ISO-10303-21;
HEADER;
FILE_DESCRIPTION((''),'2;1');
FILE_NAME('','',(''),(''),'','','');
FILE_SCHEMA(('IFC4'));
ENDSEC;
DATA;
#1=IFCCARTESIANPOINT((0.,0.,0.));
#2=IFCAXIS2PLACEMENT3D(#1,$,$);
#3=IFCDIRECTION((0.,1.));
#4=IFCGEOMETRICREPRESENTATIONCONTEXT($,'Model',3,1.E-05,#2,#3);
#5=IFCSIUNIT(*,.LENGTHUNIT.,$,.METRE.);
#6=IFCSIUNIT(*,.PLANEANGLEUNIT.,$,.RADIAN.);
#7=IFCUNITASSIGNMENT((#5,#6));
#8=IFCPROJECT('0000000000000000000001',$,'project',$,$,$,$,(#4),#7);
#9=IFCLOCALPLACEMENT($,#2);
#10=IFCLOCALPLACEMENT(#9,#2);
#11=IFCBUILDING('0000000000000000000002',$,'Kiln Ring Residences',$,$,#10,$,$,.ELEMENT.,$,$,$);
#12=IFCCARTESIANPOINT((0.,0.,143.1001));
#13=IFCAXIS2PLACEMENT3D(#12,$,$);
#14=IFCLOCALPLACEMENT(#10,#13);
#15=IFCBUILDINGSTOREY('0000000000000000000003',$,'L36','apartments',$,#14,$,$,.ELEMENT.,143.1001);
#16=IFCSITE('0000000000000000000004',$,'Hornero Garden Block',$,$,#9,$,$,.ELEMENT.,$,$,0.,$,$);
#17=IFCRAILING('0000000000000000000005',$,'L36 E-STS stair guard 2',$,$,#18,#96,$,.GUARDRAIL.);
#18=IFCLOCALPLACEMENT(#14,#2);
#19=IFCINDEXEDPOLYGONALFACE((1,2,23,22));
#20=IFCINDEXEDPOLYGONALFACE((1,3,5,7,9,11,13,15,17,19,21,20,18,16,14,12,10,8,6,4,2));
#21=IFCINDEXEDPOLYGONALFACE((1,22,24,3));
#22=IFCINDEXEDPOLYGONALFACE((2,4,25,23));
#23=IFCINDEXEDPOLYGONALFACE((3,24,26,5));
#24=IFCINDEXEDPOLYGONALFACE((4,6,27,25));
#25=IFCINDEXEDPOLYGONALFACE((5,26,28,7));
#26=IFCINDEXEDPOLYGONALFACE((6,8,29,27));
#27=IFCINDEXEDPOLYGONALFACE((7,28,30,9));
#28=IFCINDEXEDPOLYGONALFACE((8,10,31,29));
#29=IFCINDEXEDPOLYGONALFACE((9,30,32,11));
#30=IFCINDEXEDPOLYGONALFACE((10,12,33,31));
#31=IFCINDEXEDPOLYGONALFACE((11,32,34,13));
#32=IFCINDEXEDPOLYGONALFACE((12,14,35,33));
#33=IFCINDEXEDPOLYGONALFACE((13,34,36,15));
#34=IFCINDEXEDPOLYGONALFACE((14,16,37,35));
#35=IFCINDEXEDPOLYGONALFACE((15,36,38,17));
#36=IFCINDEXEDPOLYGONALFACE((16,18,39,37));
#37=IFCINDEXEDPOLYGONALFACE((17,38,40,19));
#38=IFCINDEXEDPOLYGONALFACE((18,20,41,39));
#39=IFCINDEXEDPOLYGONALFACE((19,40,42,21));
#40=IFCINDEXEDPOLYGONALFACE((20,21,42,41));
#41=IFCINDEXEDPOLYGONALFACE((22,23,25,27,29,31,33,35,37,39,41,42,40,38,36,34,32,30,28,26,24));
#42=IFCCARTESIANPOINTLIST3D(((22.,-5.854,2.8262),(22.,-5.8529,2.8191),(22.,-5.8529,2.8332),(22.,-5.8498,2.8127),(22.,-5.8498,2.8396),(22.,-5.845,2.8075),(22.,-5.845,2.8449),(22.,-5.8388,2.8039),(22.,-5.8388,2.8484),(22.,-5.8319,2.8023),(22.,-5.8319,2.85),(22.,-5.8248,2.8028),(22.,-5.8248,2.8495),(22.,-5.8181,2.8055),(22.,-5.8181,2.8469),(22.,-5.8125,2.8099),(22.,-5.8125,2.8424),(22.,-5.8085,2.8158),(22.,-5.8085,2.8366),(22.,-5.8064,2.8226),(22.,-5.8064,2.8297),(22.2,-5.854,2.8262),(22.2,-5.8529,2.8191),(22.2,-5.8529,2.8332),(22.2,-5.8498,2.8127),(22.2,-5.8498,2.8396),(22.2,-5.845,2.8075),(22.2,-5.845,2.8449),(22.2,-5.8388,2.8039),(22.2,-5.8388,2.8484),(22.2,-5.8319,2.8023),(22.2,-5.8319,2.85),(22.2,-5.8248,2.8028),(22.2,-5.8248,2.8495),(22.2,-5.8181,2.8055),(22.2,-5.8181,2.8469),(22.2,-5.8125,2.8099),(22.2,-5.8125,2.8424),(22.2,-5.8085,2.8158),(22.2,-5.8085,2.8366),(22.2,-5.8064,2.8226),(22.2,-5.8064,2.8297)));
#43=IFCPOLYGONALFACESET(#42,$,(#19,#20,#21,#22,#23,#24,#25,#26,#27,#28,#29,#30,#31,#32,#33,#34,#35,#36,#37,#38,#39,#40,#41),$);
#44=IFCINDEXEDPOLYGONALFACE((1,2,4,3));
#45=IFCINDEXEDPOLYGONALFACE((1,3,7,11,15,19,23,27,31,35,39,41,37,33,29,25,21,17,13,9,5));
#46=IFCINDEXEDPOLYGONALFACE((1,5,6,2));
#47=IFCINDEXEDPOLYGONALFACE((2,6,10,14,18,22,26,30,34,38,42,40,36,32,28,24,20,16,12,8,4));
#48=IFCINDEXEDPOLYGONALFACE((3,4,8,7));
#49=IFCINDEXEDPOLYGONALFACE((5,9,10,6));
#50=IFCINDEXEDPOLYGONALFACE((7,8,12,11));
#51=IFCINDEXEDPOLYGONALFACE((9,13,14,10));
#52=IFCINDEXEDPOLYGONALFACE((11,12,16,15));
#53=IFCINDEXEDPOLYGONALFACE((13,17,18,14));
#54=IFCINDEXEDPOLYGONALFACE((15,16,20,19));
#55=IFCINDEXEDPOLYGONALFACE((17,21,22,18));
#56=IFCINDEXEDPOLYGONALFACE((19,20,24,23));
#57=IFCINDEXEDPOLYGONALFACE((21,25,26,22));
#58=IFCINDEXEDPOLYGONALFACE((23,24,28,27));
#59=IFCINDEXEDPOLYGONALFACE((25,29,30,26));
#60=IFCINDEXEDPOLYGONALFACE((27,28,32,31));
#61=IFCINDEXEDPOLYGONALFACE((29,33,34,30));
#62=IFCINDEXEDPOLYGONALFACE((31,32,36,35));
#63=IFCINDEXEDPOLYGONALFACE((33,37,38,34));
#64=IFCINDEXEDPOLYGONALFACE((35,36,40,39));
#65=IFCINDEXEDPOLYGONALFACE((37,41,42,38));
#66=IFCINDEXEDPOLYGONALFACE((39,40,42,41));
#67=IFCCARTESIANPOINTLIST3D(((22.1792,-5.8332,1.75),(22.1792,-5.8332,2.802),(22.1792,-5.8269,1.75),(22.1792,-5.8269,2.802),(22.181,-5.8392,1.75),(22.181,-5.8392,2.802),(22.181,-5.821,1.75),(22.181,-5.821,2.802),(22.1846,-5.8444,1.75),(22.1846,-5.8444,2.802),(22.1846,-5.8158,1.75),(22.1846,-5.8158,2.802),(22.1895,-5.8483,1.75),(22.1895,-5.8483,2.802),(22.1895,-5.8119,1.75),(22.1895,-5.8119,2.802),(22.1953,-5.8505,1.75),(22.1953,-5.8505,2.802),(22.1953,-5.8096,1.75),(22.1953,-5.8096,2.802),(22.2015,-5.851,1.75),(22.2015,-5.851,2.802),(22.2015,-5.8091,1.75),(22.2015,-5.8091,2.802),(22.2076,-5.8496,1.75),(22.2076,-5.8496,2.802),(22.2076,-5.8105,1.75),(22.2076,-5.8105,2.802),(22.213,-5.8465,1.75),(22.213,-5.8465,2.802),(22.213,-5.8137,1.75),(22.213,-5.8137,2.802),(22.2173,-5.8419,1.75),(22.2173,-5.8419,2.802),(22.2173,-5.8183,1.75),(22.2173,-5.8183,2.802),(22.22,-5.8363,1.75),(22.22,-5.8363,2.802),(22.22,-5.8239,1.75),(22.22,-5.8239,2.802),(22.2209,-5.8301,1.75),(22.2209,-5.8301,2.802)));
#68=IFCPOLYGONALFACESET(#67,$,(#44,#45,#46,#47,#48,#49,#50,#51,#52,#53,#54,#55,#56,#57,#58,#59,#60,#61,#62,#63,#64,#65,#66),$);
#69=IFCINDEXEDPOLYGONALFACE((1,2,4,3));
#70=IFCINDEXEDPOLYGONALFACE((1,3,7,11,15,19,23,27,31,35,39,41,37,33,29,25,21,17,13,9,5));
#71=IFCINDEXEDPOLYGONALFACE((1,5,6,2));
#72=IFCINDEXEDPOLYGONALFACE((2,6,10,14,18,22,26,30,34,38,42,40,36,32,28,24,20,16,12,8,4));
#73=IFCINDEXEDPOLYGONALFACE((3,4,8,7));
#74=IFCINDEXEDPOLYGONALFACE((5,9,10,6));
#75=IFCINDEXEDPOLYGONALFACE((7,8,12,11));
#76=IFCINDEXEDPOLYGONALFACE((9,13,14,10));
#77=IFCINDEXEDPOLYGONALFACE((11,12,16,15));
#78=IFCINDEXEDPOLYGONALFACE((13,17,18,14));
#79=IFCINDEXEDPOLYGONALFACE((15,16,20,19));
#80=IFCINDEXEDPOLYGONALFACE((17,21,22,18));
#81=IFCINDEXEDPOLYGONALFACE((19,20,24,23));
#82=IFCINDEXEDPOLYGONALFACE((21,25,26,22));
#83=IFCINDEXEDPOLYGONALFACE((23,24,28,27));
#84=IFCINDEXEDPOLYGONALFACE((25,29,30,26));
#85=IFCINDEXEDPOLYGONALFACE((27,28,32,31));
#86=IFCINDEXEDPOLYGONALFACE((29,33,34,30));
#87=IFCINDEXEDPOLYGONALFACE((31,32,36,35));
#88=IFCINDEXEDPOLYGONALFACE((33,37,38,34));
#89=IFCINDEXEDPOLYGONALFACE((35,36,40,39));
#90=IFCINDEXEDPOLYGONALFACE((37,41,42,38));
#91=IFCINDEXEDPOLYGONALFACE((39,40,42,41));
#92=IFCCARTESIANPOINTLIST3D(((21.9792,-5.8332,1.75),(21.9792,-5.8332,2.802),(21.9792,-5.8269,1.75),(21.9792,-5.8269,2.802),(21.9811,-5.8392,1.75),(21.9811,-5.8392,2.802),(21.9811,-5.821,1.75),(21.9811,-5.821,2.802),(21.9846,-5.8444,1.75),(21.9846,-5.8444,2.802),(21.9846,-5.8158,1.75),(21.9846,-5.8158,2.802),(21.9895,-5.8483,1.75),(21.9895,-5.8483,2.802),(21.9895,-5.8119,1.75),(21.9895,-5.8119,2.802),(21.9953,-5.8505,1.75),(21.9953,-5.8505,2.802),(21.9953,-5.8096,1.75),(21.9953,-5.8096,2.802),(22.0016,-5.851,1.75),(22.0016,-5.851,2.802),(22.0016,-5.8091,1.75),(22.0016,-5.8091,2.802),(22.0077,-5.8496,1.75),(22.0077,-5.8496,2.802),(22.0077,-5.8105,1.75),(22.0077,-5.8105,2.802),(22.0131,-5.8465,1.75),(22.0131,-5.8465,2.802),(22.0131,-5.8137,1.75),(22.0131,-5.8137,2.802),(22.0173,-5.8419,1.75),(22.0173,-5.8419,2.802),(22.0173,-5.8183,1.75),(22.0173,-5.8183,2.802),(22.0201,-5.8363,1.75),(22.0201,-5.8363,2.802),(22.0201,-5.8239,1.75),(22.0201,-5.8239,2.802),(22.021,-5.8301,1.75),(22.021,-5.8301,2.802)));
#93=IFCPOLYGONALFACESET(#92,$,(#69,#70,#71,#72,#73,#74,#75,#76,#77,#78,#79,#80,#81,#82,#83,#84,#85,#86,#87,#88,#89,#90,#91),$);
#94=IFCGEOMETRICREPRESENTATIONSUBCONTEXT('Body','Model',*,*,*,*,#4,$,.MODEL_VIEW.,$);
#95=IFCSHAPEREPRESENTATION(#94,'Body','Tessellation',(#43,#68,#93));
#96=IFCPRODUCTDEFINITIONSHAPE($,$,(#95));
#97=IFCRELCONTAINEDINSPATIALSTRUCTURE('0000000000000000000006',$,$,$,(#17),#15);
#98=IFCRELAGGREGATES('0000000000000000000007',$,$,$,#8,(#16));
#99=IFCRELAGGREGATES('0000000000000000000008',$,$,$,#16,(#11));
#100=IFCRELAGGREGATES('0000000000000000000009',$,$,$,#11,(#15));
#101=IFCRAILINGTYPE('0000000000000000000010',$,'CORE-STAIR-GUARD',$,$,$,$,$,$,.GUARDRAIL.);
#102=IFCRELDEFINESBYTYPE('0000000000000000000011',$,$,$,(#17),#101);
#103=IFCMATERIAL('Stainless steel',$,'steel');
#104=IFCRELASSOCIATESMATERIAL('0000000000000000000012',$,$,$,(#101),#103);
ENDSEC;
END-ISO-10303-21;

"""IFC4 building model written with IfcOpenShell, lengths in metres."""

from ifc_helpers import new_model, si_unit, direction, frame, origin, origin_2d, place, context, subcontext, project, spatial, circle, extrude, material, type_object, element, save


model = new_model("IFC4")

# Units and contexts
model_context = context("Model", 3, precision=1e-05, world=origin(), true_north=direction((0.0, 1.0)))
body_context = subcontext(model_context, "Body", "Model", "MODEL_VIEW")
ifc_project = project(units=[si_unit("LENGTHUNIT", "METRE"), si_unit("PLANEANGLEUNIT", "RADIAN")], contexts=[model_context])

# Site, building, storey
site_placement = place(None, origin())
site = spatial("IfcSite", under=ifc_project, at=site_placement, Name="Hornero Garden Block", CompositionType="ELEMENT", RefElevation=0.0)
building_placement = place(site_placement, origin())
building = spatial("IfcBuilding", under=site, at=building_placement, Name="Kiln Ring Residences", CompositionType="ELEMENT")
storey_placement = place(building_placement, frame((0.0, 0.0, 143.1001)))
storey = spatial("IfcBuildingStorey", under=building, at=storey_placement, Name="L36", Description="apartments", CompositionType="ELEMENT", Elevation=143.1001)

# Railing
ifc_material_1 = material(Name="Stainless steel", Category="steel")
railing_type_1 = type_object("IfcRailingType", Name="CORE-STAIR-GUARD", PredefinedType="GUARDRAIL", material=ifc_material_1)
railing_1_placement = place(storey_placement, frame((22.2, -5.8301, 1.75)))
element("IfcRailing", 1, at=railing_1_placement, inside=storey, type_object=railing_type_1, Name="L36 E-STS stair guard 2", PredefinedType="GUARDRAIL", context=body_context, shape_type="SweptSolid", body=[
    extrude(circle(Radius=0.0239, at=origin_2d()), frame((0.0, 0.0, 1.0762), z_axis=(-1.0, 0.0, 0.0), x_axis=(0.0, -1.0, 0.0)), (0.0, 0.0, 1.0), 0.2),
    extrude(circle(Radius=0.021, at=origin_2d()), origin(), (0.0, 0.0, 1.0), 1.052),
    extrude(circle(Radius=0.021, at=origin_2d()), frame((-0.2, 0.0, 0.0)), (0.0, 0.0, 1.0), 1.052),
])

save(model, "model.ifc")
